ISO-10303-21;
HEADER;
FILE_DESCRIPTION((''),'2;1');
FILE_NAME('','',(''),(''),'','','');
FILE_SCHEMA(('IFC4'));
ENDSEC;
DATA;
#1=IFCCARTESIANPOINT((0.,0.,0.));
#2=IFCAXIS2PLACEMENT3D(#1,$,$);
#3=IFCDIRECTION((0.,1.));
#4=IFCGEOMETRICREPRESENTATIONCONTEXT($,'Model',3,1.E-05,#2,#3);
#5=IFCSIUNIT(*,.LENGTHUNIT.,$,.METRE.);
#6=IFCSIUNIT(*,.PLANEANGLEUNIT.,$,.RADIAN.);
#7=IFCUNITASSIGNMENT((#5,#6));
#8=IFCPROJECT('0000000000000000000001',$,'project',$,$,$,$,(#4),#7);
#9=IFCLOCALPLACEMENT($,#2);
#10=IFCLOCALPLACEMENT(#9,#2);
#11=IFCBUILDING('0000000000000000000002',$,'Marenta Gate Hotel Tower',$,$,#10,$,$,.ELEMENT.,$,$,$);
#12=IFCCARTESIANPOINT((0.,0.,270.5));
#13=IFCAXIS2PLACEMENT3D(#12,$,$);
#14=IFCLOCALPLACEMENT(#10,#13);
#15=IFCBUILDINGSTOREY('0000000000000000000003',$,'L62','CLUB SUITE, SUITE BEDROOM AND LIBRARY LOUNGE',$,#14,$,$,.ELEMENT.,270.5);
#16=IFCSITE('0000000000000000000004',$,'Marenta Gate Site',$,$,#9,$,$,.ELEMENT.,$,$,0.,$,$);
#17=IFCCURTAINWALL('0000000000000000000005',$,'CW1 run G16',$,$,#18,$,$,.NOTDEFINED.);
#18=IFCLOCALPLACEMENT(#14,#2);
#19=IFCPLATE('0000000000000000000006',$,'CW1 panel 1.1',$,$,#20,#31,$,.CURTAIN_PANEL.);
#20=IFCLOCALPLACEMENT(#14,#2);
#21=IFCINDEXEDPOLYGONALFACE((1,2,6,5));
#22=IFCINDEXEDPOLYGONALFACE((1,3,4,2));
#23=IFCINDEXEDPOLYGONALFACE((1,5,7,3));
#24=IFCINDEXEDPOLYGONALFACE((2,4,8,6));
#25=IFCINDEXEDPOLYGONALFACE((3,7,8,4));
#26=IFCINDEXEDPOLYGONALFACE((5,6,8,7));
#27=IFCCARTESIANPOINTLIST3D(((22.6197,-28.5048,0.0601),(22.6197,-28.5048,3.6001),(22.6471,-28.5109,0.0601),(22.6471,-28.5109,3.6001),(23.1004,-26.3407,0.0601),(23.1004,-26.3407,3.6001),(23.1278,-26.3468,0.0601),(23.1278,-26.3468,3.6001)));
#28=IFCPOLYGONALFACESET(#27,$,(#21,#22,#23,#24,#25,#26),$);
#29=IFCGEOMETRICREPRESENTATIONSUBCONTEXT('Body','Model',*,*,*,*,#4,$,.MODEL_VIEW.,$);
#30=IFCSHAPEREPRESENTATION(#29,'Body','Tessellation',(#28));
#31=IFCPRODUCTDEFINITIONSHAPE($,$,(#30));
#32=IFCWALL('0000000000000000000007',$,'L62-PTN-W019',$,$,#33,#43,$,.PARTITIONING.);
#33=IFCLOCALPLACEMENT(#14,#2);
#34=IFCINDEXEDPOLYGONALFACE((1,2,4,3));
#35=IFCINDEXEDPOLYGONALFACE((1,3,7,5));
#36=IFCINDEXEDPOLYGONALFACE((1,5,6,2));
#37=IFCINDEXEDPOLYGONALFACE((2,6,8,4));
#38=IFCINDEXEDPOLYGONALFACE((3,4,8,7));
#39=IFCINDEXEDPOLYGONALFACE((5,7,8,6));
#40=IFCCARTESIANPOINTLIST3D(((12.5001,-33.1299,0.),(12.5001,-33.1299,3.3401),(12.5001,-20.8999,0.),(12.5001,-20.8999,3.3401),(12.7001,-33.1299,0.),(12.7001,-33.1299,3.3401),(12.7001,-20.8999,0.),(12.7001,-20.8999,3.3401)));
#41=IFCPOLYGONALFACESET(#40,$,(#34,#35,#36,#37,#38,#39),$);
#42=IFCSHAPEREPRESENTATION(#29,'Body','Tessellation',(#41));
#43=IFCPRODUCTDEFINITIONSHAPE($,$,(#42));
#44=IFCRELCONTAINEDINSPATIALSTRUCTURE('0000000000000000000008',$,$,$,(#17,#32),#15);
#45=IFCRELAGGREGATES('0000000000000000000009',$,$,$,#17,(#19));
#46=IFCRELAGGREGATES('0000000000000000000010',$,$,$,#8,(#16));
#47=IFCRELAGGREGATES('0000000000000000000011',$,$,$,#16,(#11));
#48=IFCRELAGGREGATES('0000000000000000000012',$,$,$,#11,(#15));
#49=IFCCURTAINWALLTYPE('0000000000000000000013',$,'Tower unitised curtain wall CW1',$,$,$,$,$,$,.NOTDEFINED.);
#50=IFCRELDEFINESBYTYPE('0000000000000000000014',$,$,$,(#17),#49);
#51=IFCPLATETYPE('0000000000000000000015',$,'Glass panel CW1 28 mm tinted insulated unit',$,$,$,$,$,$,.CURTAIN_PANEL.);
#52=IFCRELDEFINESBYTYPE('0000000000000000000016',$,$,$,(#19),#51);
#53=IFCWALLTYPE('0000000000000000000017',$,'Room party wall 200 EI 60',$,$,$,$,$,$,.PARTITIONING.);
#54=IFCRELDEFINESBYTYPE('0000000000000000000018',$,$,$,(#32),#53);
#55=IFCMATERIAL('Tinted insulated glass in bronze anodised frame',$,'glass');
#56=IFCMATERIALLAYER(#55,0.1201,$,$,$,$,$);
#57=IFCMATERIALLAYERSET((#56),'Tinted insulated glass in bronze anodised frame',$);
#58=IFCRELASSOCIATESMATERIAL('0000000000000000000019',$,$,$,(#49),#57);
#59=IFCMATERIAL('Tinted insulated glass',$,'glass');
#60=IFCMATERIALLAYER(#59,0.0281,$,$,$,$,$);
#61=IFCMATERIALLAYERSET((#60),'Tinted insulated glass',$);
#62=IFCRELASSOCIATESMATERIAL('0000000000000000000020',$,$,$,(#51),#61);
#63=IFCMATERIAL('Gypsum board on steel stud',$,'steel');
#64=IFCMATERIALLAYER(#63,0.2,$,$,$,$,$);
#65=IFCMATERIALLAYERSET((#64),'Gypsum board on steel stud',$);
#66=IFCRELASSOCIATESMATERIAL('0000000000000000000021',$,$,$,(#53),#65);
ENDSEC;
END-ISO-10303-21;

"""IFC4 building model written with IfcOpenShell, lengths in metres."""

from ifc_helpers import new_model, si_unit, direction, frame, frame_2d, origin, origin_2d, place, context, subcontext, project, spatial, rectangle, extrude, material, layer, layer_set, type_object, element, aggregate, save


model = new_model("IFC4")

# Units and contexts
model_context = context("Model", 3, precision=1e-05, world=origin(), true_north=direction((0.0, 1.0)))
body_context = subcontext(model_context, "Body", "Model", "MODEL_VIEW")
ifc_project = project(units=[si_unit("LENGTHUNIT", "METRE"), si_unit("PLANEANGLEUNIT", "RADIAN")], contexts=[model_context])

# Site, building, storey
site_placement = place(None, origin())
site = spatial("IfcSite", under=ifc_project, at=site_placement, Name="Marenta Gate Site", CompositionType="ELEMENT", RefElevation=0.0)
building_placement = place(site_placement, origin())
building = spatial("IfcBuilding", under=site, at=building_placement, Name="Marenta Gate Hotel Tower", CompositionType="ELEMENT")
storey_placement = place(building_placement, frame((0.0, 0.0, 270.5)))
storey = spatial("IfcBuildingStorey", under=building, at=storey_placement, Name="L62", Description="CLUB SUITE, SUITE BEDROOM AND LIBRARY LOUNGE", CompositionType="ELEMENT", Elevation=270.5)

# Shared definitions
ifc_material_1 = material(Name="Tinted insulated glass in bronze anodised frame", Category="glass")
ifc_layer_1 = layer(ifc_material_1, 0.1201)
ifc_layer_set_1 = layer_set([ifc_layer_1], Name="Tinted insulated glass in bronze anodised frame")
curtain_wall_type = type_object("IfcCurtainWallType", Name="Tower unitised curtain wall CW1", PredefinedType="NOTDEFINED", material=ifc_layer_set_1)

# Curtain wall
curtain_wall_1_placement = place(storey_placement, origin())
curtain_wall_1 = element("IfcCurtainWall", 1, at=curtain_wall_1_placement, inside=storey, type_object=curtain_wall_type, Name="CW1 run G16", PredefinedType="NOTDEFINED")

# Plate
ifc_material_2 = material(Name="Tinted insulated glass", Category="glass")
ifc_layer_2 = layer(ifc_material_2, 0.0281)
ifc_layer_set_2 = layer_set([ifc_layer_2], Name="Tinted insulated glass")
plate_type = type_object("IfcPlateType", Name="Glass panel CW1 28 mm tinted insulated unit", PredefinedType="CURTAIN_PANEL", material=ifc_layer_set_2)
plate_1_placement = place(storey_placement, frame((22.8738, -27.4258, 0.0601), z_axis=(0.0, 0.0, 1.0), x_axis=(0.216842, 0.976207, 0.0)))
plate_1 = element("IfcPlate", 2, at=plate_1_placement, type_object=plate_type, Name="CW1 panel 1.1", PredefinedType="CURTAIN_PANEL", context=body_context, shape_type="SweptSolid", body=[
    extrude(rectangle(XDim=2.2168, YDim=0.0281, at=origin_2d()), origin(), (0.0, 0.0, 1.0), 3.54),
])
aggregate(curtain_wall_1, [plate_1])

# Wall
ifc_material_3 = material(Name="Gypsum board on steel stud", Category="steel")
ifc_layer_3 = layer(ifc_material_3, 0.2)
ifc_layer_set_3 = layer_set([ifc_layer_3], Name="Gypsum board on steel stud")
wall_type = type_object("IfcWallType", Name="Room party wall 200 EI 60", PredefinedType="PARTITIONING", material=ifc_layer_set_3)
wall_placement = place(storey_placement, frame((12.6001, -33.1299, 0.0), z_axis=(0.0, 0.0, 1.0), x_axis=(0.0, 1.0, 0.0)))
element("IfcWall", 3, at=wall_placement, inside=storey, type_object=wall_type, Name="L62-PTN-W019", PredefinedType="PARTITIONING", context=body_context, shape_type="SweptSolid", body=[
    extrude(rectangle(XDim=12.23, YDim=0.2, at=frame_2d((6.115, 0.0))), origin(), (0.0, 0.0, 1.0), 3.3401),
])

save(model, "model.ifc")
